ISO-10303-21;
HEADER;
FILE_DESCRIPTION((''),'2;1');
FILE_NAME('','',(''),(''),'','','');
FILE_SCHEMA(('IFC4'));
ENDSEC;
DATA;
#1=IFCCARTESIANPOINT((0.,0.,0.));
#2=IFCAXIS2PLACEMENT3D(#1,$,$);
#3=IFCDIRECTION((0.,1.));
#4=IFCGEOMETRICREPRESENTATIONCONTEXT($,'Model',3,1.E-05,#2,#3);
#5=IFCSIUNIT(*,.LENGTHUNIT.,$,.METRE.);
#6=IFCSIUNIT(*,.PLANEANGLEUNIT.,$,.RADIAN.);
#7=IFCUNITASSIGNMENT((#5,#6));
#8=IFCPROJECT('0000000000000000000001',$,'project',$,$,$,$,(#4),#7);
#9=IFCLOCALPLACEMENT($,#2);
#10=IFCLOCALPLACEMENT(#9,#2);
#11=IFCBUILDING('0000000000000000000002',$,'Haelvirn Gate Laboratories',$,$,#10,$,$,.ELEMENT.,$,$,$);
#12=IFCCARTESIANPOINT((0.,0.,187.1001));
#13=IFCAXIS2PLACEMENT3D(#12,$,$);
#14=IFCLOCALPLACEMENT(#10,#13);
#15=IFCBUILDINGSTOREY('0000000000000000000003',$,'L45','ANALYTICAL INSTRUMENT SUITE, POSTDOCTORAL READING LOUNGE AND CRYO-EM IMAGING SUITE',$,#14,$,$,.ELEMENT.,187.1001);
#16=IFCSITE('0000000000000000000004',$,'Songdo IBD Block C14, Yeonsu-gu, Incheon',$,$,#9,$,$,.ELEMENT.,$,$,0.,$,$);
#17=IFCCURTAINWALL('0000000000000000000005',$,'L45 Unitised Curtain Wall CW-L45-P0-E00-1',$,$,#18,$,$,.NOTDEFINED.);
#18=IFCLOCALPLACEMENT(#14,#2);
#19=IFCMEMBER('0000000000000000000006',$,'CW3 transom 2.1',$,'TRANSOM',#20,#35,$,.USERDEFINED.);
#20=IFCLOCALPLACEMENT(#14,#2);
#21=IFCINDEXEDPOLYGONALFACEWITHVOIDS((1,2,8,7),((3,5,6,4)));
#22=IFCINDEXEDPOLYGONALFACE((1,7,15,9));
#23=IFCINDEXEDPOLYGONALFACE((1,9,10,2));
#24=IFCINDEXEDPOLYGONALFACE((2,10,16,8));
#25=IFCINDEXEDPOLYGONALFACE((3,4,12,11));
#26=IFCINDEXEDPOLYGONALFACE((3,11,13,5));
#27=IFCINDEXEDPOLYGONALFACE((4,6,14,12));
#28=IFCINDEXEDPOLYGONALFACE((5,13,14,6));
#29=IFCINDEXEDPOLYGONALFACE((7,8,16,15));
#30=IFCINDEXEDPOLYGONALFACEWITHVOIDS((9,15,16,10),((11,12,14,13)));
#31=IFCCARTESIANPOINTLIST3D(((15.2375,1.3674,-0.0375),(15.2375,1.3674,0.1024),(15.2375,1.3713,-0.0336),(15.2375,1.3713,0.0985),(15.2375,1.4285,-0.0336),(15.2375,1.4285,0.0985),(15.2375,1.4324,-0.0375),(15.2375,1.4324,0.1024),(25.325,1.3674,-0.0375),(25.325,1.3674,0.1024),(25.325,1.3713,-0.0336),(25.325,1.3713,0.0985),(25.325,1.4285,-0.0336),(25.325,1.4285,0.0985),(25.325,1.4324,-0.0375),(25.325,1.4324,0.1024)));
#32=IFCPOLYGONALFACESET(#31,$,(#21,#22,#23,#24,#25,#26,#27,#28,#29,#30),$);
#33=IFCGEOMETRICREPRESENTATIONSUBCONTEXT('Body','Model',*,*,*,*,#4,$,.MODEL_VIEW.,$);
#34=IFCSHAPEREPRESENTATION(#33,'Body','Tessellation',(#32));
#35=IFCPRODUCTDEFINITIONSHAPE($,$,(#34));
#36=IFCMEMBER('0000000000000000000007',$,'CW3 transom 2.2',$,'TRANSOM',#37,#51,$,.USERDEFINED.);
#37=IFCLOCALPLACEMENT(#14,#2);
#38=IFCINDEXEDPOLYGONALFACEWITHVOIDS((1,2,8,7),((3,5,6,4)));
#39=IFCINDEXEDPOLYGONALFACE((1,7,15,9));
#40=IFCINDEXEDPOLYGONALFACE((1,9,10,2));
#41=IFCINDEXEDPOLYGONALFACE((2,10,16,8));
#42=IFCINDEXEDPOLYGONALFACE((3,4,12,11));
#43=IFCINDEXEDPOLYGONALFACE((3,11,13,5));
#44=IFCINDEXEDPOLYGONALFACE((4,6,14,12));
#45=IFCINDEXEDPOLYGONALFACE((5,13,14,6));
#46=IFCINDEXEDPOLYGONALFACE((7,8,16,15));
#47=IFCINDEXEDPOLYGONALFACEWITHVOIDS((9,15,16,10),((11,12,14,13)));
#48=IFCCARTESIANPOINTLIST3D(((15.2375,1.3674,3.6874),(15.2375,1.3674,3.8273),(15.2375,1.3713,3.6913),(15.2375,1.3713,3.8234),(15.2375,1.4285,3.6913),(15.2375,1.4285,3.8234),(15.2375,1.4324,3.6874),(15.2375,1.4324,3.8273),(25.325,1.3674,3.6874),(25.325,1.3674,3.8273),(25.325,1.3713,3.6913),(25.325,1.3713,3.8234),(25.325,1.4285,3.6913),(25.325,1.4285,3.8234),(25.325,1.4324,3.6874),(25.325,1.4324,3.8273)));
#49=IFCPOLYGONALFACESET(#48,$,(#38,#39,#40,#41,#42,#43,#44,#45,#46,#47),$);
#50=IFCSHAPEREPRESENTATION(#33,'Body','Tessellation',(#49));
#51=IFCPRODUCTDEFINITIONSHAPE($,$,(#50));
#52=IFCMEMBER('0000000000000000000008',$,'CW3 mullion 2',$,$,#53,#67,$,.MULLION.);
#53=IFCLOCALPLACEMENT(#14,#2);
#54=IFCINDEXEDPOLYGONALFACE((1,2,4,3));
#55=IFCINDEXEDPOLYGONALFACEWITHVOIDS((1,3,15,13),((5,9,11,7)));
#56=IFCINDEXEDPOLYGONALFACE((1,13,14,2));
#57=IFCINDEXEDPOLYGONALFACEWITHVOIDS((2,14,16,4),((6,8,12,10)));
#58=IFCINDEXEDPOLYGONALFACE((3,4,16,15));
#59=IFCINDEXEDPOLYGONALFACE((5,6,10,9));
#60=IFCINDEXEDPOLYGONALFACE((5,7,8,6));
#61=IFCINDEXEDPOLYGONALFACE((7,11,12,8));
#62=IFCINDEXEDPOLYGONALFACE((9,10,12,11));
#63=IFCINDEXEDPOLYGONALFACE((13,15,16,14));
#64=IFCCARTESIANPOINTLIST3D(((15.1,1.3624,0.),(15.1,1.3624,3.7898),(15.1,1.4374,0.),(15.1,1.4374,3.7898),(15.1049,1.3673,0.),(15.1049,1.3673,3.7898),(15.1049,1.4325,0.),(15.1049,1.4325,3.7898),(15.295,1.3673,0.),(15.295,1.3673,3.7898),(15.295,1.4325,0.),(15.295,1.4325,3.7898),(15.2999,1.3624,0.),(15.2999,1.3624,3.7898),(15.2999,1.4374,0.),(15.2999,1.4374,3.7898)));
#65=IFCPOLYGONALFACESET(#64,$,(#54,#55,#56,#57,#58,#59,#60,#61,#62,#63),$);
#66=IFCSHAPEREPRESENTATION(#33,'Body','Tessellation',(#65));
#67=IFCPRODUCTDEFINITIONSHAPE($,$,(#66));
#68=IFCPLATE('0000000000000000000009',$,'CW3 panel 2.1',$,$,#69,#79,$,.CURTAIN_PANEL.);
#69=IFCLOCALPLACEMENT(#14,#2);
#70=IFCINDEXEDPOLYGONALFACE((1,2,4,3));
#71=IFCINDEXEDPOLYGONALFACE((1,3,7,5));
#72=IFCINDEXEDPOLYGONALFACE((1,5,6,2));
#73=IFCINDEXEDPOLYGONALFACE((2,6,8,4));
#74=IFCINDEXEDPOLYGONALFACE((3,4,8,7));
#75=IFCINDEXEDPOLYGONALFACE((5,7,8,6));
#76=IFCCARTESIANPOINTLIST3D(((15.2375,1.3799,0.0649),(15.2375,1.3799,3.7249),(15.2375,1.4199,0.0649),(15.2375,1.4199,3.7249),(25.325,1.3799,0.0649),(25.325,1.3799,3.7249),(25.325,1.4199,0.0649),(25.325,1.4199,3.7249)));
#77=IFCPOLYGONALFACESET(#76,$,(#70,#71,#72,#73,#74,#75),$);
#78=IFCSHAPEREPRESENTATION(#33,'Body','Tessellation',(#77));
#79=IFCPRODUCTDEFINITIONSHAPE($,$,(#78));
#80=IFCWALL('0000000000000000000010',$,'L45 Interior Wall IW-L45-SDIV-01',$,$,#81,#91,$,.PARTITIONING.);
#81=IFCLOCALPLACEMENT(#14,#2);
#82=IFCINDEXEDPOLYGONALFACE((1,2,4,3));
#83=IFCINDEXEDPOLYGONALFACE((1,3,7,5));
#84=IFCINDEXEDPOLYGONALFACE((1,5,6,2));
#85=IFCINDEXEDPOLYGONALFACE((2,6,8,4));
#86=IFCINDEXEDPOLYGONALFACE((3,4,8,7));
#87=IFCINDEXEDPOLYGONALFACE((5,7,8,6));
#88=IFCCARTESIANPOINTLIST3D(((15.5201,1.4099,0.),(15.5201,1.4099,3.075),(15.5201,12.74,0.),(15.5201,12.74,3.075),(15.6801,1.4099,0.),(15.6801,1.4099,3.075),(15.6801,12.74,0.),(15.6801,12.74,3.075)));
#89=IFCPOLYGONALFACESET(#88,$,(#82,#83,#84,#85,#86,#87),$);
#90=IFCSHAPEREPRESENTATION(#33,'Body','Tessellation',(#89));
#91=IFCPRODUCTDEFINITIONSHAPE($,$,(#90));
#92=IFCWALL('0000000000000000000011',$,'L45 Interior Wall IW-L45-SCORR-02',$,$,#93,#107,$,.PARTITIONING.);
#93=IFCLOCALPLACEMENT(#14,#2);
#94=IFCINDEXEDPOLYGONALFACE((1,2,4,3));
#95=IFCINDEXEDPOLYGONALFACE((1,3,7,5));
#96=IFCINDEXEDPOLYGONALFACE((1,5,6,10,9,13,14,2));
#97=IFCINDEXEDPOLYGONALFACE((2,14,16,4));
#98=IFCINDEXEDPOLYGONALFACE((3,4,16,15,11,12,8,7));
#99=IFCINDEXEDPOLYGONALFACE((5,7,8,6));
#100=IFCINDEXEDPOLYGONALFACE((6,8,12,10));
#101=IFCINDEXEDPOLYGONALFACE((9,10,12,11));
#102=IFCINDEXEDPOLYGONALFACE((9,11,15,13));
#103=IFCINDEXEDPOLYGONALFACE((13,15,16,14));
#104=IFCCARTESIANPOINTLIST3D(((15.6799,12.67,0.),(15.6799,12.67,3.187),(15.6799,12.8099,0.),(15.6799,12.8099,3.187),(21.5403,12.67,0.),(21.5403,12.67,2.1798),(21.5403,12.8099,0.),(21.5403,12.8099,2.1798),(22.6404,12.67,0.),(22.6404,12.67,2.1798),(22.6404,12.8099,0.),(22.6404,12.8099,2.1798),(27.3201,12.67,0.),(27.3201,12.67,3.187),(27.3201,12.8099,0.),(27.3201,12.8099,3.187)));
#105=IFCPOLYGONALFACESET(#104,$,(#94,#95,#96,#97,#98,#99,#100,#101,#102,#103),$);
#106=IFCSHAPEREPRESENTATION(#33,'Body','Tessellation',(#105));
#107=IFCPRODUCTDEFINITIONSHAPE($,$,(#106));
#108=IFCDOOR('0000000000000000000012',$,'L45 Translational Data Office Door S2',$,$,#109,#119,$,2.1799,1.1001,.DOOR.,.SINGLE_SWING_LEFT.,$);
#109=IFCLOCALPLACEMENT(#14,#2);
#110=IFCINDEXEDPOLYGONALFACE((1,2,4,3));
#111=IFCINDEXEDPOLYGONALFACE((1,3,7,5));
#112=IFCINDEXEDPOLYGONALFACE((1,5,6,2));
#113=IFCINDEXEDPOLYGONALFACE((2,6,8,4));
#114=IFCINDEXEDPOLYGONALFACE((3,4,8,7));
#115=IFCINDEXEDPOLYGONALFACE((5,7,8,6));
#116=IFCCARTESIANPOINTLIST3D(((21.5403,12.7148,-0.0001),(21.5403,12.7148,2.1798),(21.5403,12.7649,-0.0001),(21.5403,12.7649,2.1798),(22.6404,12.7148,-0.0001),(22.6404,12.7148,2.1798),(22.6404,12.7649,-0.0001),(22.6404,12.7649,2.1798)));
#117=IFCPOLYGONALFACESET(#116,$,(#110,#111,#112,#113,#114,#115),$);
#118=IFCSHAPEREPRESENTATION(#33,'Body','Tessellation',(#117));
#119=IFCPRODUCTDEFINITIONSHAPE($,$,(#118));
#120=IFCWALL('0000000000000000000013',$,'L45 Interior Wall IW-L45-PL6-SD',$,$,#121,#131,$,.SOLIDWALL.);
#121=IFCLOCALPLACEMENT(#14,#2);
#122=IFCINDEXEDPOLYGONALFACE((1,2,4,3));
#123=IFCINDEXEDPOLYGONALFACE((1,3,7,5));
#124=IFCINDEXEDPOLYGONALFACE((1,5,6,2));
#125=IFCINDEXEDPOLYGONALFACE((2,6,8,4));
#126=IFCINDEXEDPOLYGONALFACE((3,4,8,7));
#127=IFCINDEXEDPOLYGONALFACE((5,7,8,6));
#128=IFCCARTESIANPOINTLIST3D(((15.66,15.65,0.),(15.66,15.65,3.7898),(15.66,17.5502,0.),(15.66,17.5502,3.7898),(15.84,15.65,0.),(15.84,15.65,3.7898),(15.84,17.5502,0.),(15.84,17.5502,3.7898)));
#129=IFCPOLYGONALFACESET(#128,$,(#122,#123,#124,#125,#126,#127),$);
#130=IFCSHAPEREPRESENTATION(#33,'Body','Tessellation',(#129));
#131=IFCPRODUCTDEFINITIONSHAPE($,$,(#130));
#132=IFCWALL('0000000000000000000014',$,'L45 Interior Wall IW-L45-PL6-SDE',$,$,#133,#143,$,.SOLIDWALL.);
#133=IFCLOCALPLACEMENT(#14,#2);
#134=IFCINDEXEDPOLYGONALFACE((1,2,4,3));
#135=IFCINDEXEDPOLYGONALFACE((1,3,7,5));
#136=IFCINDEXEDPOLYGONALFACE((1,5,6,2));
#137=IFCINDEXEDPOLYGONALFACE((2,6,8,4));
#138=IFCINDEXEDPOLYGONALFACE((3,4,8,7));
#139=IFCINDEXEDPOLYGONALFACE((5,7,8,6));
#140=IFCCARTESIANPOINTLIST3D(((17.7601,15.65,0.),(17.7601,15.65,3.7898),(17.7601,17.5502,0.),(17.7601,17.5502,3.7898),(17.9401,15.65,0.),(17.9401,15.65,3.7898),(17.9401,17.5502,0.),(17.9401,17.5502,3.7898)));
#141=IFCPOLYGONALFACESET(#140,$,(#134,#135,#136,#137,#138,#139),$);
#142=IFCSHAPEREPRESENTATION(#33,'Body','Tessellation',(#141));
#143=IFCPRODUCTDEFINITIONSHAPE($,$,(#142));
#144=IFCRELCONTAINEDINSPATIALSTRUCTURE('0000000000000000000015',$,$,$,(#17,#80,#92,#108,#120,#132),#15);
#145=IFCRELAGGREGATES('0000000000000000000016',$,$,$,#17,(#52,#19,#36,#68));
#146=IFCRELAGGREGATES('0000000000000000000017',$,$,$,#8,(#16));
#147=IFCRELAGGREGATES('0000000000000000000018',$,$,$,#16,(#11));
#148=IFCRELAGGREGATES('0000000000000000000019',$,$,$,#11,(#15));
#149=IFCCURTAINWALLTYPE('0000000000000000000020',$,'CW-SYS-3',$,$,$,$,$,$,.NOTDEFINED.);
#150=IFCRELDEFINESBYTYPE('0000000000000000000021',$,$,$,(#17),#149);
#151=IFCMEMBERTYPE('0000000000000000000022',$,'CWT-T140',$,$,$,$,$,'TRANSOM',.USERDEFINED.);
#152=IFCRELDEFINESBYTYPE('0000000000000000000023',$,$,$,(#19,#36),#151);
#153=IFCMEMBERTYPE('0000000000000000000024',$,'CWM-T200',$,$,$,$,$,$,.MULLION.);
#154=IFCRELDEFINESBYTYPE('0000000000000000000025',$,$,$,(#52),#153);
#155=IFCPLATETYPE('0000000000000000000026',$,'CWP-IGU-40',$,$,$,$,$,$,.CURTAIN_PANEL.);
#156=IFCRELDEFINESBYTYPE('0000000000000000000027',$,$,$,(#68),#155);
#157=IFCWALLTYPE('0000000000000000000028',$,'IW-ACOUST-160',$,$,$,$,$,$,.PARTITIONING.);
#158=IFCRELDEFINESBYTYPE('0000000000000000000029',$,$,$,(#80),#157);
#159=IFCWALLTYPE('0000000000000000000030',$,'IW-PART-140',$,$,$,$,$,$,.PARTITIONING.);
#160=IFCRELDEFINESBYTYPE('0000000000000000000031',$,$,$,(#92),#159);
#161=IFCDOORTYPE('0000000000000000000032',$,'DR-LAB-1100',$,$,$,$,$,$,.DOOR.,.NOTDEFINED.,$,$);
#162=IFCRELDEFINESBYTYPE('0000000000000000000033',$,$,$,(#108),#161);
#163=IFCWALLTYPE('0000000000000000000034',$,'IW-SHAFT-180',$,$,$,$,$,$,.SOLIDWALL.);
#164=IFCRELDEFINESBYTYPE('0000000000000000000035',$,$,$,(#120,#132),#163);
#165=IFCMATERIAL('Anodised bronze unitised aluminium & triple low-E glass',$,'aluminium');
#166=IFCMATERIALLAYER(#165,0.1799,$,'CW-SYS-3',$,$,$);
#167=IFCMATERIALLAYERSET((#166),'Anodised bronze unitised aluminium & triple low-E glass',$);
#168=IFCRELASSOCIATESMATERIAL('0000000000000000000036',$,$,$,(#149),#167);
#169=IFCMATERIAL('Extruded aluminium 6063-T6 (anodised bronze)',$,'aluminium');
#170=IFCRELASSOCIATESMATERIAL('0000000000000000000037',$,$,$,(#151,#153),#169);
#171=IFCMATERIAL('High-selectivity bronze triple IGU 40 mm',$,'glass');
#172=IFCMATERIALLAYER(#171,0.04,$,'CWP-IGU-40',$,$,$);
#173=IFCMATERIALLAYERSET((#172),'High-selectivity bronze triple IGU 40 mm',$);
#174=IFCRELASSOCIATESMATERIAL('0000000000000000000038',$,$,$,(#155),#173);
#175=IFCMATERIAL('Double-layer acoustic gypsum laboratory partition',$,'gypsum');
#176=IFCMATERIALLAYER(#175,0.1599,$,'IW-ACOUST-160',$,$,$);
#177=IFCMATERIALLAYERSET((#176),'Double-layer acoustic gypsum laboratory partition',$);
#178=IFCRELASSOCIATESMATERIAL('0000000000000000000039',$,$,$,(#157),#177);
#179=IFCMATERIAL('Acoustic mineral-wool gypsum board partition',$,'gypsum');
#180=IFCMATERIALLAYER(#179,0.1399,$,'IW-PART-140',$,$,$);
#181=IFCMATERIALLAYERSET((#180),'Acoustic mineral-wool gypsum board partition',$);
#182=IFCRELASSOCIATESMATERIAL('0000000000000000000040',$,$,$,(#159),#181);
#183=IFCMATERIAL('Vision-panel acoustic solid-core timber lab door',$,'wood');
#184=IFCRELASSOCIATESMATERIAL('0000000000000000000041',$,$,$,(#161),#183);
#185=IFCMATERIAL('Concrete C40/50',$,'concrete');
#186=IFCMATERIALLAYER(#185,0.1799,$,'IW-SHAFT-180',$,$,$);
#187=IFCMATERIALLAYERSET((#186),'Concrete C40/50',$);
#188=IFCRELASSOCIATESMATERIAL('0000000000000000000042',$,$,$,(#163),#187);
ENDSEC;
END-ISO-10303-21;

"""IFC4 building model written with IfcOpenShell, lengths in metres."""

from ifc_helpers import new_model, si_unit, direction, frame, frame_2d, origin, origin_2d, place, context, subcontext, project, spatial, rectangle, hollow_rectangle, extrude, source, transform, mapped, material, layer, layer_set, material_profile, profile_set, type_object, type_shapes, element, fill, aggregate, save


model = new_model("IFC4")

# Units and contexts
model_context = context("Model", 3, precision=1e-05, world=origin(), true_north=direction((0.0, 1.0)))
body_context = subcontext(model_context, "Body", "Model", "MODEL_VIEW")
ifc_project = project(units=[si_unit("LENGTHUNIT", "METRE"), si_unit("PLANEANGLEUNIT", "RADIAN")], contexts=[model_context])

# Site, building, storey
site_placement = place(None, origin())
site = spatial("IfcSite", under=ifc_project, at=site_placement, Name="Songdo IBD Block C14, Yeonsu-gu, Incheon", CompositionType="ELEMENT", RefElevation=0.0)
building_placement = place(site_placement, origin())
building = spatial("IfcBuilding", under=site, at=building_placement, Name="Haelvirn Gate Laboratories", CompositionType="ELEMENT")
storey_placement = place(building_placement, frame((0.0, 0.0, 187.1001)))
storey = spatial("IfcBuildingStorey", under=building, at=storey_placement, Name="L45", Description="ANALYTICAL INSTRUMENT SUITE, POSTDOCTORAL READING LOUNGE AND CRYO-EM IMAGING SUITE", CompositionType="ELEMENT", Elevation=187.1001)

# Curtain wall, members, plate
ifc_material_1 = material(Name="Anodised bronze unitised aluminium & triple low-E glass", Category="aluminium")
ifc_layer_1 = layer(ifc_material_1, 0.1799, Name="CW-SYS-3")
ifc_layer_set_1 = layer_set([ifc_layer_1], Name="Anodised bronze unitised aluminium & triple low-E glass")
curtain_wall_type = type_object("IfcCurtainWallType", Name="CW-SYS-3", PredefinedType="NOTDEFINED", material=ifc_layer_set_1)
curtain_wall_placement = place(storey_placement, origin())
curtain_wall = element("IfcCurtainWall", 1, at=curtain_wall_placement, inside=storey, type_object=curtain_wall_type, Name="L45 Unitised Curtain Wall CW-L45-P0-E00-1", PredefinedType="NOTDEFINED")
ifc_material_2 = material(Name="Extruded aluminium 6063-T6 (anodised bronze)", Category="aluminium")
ifc_material_profile_1 = material_profile(ifc_material_2, hollow_rectangle(XDim=0.0649, YDim=0.1399, WallThickness=0.0039, at=origin_2d()), Name="CWT-140x65x4")
ifc_profile_set_1 = profile_set([ifc_material_profile_1], Name="Extruded aluminium 6063-T6 (anodised bronze)")
member_type_1 = type_object("IfcMemberType", Name="CWT-T140", ElementType="TRANSOM", PredefinedType="USERDEFINED", material=ifc_profile_set_1)
shared_shape_1 = source(origin(), body_context, "Body", "SweptSolid", [
    extrude(hollow_rectangle(XDim=0.0649, YDim=0.1399, WallThickness=0.0039, at=origin_2d()), origin(), (0.0, 0.0, 1.0), 10.0874),
])
type_shapes(member_type_1, [shared_shape_1])
member_1_placement = place(storey_placement, frame((15.2375, 1.3999, 0.0325), z_axis=(1.0, 0.0, 0.0), x_axis=(0.0, 1.0, 0.0)))
member_1 = element("IfcMember", 2, at=member_1_placement, type_object=member_type_1, Name="CW3 transom 2.1", ObjectType="TRANSOM", PredefinedType="USERDEFINED", context=body_context, shape_type="MappedRepresentation", body=[
    mapped(shared_shape_1, transform((0.0, 0.0, 0.0), scale=1.0)),
])
member_2_placement = place(storey_placement, frame((15.2375, 1.3999, 3.7573), z_axis=(1.0, 0.0, 0.0), x_axis=(0.0, 1.0, 0.0)))
member_2 = element("IfcMember", 3, at=member_2_placement, type_object=member_type_1, Name="CW3 transom 2.2", ObjectType="TRANSOM", PredefinedType="USERDEFINED", context=body_context, shape_type="MappedRepresentation", body=[
    mapped(shared_shape_1, transform((0.0, 0.0, 0.0), scale=1.0)),
])
ifc_material_profile_2 = material_profile(ifc_material_2, hollow_rectangle(XDim=0.075, YDim=0.2, WallThickness=0.0049, at=origin_2d()), Name="CWM-200x75x5")
ifc_profile_set_2 = profile_set([ifc_material_profile_2], Name="Extruded aluminium 6063-T6 (anodised bronze)")
member_type_2 = type_object("IfcMemberType", Name="CWM-T200", PredefinedType="MULLION", material=ifc_profile_set_2)
shared_shape_2 = source(origin(), body_context, "Body", "SweptSolid", [
    extrude(hollow_rectangle(XDim=0.075, YDim=0.2, WallThickness=0.0049, at=origin_2d()), origin(), (0.0, 0.0, 1.0), 3.7898),
])
type_shapes(member_type_2, [shared_shape_2])
member_3_placement = place(storey_placement, frame((15.2, 1.3999, 0.0), z_axis=(0.0, 0.0, 1.0), x_axis=(0.0, 1.0, 0.0)))
member_3 = element("IfcMember", 4, at=member_3_placement, type_object=member_type_2, Name="CW3 mullion 2", PredefinedType="MULLION", context=body_context, shape_type="MappedRepresentation", body=[
    mapped(shared_shape_2, transform((0.0, 0.0, 0.0), scale=1.0)),
])
ifc_material_3 = material(Name="High-selectivity bronze triple IGU 40 mm", Category="glass")
ifc_layer_2 = layer(ifc_material_3, 0.04, Name="CWP-IGU-40")
ifc_layer_set_2 = layer_set([ifc_layer_2], Name="High-selectivity bronze triple IGU 40 mm")
plate_type = type_object("IfcPlateType", Name="CWP-IGU-40", PredefinedType="CURTAIN_PANEL", material=ifc_layer_set_2)
shared_shape_3 = source(origin(), body_context, "Body", "SweptSolid", [
    extrude(rectangle(XDim=10.0874, YDim=0.04, at=origin_2d()), origin(), (0.0, 0.0, 1.0), 3.6599),
])
type_shapes(plate_type, [shared_shape_3])
plate_placement = place(storey_placement, frame((20.2812, 1.3999, 0.0649), z_axis=(0.0, 0.0, 1.0), x_axis=(1.0, 0.0, 0.0)))
plate = element("IfcPlate", 5, at=plate_placement, type_object=plate_type, Name="CW3 panel 2.1", PredefinedType="CURTAIN_PANEL", context=body_context, shape_type="MappedRepresentation", body=[
    mapped(shared_shape_3, transform((0.0, 0.0, 0.0), scale=1.0)),
])
aggregate(curtain_wall, [member_3, member_1, member_2, plate])

# Wall
ifc_material_4 = material(Name="Double-layer acoustic gypsum laboratory partition", Category="gypsum")
ifc_layer_3 = layer(ifc_material_4, 0.1599, Name="IW-ACOUST-160")
ifc_layer_set_3 = layer_set([ifc_layer_3], Name="Double-layer acoustic gypsum laboratory partition")
wall_type_1 = type_object("IfcWallType", Name="IW-ACOUST-160", PredefinedType="PARTITIONING", material=ifc_layer_set_3)
wall_1_placement = place(storey_placement, frame((15.6001, 1.4099, 0.0), z_axis=(0.0, 0.0, 1.0), x_axis=(0.0, 1.0, 0.0)))
element("IfcWall", 6, at=wall_1_placement, inside=storey, type_object=wall_type_1, Name="L45 Interior Wall IW-L45-SDIV-01", PredefinedType="PARTITIONING", context=body_context, shape_type="SweptSolid", body=[
    extrude(rectangle(XDim=11.3301, YDim=0.1599, at=frame_2d((5.665, 0.0))), origin(), (0.0, 0.0, 1.0), 3.075),
])

# Wall, opening, door
ifc_material_5 = material(Name="Acoustic mineral-wool gypsum board partition", Category="gypsum")
ifc_layer_4 = layer(ifc_material_5, 0.1399, Name="IW-PART-140")
ifc_layer_set_4 = layer_set([ifc_layer_4], Name="Acoustic mineral-wool gypsum board partition")
wall_type_2 = type_object("IfcWallType", Name="IW-PART-140", PredefinedType="PARTITIONING", material=ifc_layer_set_4)
wall_2_placement = place(storey_placement, frame((15.6799, 12.74, 0.0), z_axis=(0.0, 0.0, 1.0), x_axis=(1.0, 0.0, 0.0)))
wall_2 = element("IfcWall", 7, at=wall_2_placement, inside=storey, type_object=wall_type_2, Name="L45 Interior Wall IW-L45-SCORR-02", PredefinedType="PARTITIONING", context=body_context, shape_type="SweptSolid", body=[
    extrude(rectangle(XDim=11.6401, YDim=0.1399, at=frame_2d((5.8201, 0.0))), origin(), (0.0, 0.0, 1.0), 3.187),
])
opening_1_placement = place(wall_2_placement, frame((5.8604, 0.0, 0.0)))
opening_1 = element("IfcOpeningElement", 8, at=opening_1_placement, cuts=wall_2, PredefinedType="OPENING", context=body_context, shape_type="SweptSolid", body=[
    extrude(rectangle(XDim=1.1001, YDim=2.1799, at=frame_2d((0.55, 1.0898))), frame((0.0, 0.0801, 0.0), z_axis=(0.0, -1.0, 0.0), x_axis=(1.0, 0.0, 0.0)), (0.0, 0.0, 1.0), 0.1599),
])
ifc_material_6 = material(Name="Vision-panel acoustic solid-core timber lab door", Category="wood")
door_type_1 = type_object("IfcDoorType", Name="DR-LAB-1100", OperationType="NOTDEFINED", PredefinedType="DOOR", material=ifc_material_6)
shared_shape_4 = source(origin(), body_context, "Body", "SweptSolid", [
    extrude(rectangle(XDim=1.1001, YDim=2.1799, at=frame_2d((0.55, 1.0898))), frame((0.0, 0.0249, 0.0), z_axis=(0.0, -1.0, 0.0), x_axis=(1.0, 0.0, 0.0)), (0.0, 0.0, 1.0), 0.05),
])
type_shapes(door_type_1, [shared_shape_4])
door_1_placement = place(opening_1_placement, origin())
door_1 = element("IfcDoor", 9, at=door_1_placement, inside=storey, type_object=door_type_1, Name="L45 Translational Data Office Door S2", OperationType="SINGLE_SWING_LEFT", OverallHeight=2.1799, OverallWidth=1.1001, PredefinedType="DOOR", context=body_context, shape_type="MappedRepresentation", body=[
    mapped(shared_shape_4, transform((0.0, 0.0, 0.0), scale=1.0)),
])
fill(opening_1, door_1)

# Walls
ifc_material_7 = material(Name="Concrete C40/50", Category="concrete")
ifc_layer_5 = layer(ifc_material_7, 0.1799, Name="IW-SHAFT-180")
ifc_layer_set_5 = layer_set([ifc_layer_5], Name="Concrete C40/50")
wall_type_3 = type_object("IfcWallType", Name="IW-SHAFT-180", PredefinedType="SOLIDWALL", material=ifc_layer_set_5)
for number, where, z_axis, x_axis, name in (
    (10, (15.75, 15.6499, 0.0), (0.0, 0.0, 1.0), (0.0, 1.0, 0.0), "L45 Interior Wall IW-L45-PL6-SD"),
    (11, (17.8501, 15.6499, 0.0), (0.0, 0.0, 1.0), (0.0, 1.0, 0.0), "L45 Interior Wall IW-L45-PL6-SDE"),
):
    element("IfcWall", number, at=place(storey_placement, frame(where, z_axis=z_axis, x_axis=x_axis)), inside=storey, type_object=wall_type_3, Name=name, PredefinedType="SOLIDWALL", context=body_context, shape_type="SweptSolid", body=[
        extrude(rectangle(XDim=1.9001, YDim=0.1799, at=frame_2d((0.9502, 0.0))), origin(), (0.0, 0.0, 1.0), 3.7898),
    ])

save(model, "model.ifc")
